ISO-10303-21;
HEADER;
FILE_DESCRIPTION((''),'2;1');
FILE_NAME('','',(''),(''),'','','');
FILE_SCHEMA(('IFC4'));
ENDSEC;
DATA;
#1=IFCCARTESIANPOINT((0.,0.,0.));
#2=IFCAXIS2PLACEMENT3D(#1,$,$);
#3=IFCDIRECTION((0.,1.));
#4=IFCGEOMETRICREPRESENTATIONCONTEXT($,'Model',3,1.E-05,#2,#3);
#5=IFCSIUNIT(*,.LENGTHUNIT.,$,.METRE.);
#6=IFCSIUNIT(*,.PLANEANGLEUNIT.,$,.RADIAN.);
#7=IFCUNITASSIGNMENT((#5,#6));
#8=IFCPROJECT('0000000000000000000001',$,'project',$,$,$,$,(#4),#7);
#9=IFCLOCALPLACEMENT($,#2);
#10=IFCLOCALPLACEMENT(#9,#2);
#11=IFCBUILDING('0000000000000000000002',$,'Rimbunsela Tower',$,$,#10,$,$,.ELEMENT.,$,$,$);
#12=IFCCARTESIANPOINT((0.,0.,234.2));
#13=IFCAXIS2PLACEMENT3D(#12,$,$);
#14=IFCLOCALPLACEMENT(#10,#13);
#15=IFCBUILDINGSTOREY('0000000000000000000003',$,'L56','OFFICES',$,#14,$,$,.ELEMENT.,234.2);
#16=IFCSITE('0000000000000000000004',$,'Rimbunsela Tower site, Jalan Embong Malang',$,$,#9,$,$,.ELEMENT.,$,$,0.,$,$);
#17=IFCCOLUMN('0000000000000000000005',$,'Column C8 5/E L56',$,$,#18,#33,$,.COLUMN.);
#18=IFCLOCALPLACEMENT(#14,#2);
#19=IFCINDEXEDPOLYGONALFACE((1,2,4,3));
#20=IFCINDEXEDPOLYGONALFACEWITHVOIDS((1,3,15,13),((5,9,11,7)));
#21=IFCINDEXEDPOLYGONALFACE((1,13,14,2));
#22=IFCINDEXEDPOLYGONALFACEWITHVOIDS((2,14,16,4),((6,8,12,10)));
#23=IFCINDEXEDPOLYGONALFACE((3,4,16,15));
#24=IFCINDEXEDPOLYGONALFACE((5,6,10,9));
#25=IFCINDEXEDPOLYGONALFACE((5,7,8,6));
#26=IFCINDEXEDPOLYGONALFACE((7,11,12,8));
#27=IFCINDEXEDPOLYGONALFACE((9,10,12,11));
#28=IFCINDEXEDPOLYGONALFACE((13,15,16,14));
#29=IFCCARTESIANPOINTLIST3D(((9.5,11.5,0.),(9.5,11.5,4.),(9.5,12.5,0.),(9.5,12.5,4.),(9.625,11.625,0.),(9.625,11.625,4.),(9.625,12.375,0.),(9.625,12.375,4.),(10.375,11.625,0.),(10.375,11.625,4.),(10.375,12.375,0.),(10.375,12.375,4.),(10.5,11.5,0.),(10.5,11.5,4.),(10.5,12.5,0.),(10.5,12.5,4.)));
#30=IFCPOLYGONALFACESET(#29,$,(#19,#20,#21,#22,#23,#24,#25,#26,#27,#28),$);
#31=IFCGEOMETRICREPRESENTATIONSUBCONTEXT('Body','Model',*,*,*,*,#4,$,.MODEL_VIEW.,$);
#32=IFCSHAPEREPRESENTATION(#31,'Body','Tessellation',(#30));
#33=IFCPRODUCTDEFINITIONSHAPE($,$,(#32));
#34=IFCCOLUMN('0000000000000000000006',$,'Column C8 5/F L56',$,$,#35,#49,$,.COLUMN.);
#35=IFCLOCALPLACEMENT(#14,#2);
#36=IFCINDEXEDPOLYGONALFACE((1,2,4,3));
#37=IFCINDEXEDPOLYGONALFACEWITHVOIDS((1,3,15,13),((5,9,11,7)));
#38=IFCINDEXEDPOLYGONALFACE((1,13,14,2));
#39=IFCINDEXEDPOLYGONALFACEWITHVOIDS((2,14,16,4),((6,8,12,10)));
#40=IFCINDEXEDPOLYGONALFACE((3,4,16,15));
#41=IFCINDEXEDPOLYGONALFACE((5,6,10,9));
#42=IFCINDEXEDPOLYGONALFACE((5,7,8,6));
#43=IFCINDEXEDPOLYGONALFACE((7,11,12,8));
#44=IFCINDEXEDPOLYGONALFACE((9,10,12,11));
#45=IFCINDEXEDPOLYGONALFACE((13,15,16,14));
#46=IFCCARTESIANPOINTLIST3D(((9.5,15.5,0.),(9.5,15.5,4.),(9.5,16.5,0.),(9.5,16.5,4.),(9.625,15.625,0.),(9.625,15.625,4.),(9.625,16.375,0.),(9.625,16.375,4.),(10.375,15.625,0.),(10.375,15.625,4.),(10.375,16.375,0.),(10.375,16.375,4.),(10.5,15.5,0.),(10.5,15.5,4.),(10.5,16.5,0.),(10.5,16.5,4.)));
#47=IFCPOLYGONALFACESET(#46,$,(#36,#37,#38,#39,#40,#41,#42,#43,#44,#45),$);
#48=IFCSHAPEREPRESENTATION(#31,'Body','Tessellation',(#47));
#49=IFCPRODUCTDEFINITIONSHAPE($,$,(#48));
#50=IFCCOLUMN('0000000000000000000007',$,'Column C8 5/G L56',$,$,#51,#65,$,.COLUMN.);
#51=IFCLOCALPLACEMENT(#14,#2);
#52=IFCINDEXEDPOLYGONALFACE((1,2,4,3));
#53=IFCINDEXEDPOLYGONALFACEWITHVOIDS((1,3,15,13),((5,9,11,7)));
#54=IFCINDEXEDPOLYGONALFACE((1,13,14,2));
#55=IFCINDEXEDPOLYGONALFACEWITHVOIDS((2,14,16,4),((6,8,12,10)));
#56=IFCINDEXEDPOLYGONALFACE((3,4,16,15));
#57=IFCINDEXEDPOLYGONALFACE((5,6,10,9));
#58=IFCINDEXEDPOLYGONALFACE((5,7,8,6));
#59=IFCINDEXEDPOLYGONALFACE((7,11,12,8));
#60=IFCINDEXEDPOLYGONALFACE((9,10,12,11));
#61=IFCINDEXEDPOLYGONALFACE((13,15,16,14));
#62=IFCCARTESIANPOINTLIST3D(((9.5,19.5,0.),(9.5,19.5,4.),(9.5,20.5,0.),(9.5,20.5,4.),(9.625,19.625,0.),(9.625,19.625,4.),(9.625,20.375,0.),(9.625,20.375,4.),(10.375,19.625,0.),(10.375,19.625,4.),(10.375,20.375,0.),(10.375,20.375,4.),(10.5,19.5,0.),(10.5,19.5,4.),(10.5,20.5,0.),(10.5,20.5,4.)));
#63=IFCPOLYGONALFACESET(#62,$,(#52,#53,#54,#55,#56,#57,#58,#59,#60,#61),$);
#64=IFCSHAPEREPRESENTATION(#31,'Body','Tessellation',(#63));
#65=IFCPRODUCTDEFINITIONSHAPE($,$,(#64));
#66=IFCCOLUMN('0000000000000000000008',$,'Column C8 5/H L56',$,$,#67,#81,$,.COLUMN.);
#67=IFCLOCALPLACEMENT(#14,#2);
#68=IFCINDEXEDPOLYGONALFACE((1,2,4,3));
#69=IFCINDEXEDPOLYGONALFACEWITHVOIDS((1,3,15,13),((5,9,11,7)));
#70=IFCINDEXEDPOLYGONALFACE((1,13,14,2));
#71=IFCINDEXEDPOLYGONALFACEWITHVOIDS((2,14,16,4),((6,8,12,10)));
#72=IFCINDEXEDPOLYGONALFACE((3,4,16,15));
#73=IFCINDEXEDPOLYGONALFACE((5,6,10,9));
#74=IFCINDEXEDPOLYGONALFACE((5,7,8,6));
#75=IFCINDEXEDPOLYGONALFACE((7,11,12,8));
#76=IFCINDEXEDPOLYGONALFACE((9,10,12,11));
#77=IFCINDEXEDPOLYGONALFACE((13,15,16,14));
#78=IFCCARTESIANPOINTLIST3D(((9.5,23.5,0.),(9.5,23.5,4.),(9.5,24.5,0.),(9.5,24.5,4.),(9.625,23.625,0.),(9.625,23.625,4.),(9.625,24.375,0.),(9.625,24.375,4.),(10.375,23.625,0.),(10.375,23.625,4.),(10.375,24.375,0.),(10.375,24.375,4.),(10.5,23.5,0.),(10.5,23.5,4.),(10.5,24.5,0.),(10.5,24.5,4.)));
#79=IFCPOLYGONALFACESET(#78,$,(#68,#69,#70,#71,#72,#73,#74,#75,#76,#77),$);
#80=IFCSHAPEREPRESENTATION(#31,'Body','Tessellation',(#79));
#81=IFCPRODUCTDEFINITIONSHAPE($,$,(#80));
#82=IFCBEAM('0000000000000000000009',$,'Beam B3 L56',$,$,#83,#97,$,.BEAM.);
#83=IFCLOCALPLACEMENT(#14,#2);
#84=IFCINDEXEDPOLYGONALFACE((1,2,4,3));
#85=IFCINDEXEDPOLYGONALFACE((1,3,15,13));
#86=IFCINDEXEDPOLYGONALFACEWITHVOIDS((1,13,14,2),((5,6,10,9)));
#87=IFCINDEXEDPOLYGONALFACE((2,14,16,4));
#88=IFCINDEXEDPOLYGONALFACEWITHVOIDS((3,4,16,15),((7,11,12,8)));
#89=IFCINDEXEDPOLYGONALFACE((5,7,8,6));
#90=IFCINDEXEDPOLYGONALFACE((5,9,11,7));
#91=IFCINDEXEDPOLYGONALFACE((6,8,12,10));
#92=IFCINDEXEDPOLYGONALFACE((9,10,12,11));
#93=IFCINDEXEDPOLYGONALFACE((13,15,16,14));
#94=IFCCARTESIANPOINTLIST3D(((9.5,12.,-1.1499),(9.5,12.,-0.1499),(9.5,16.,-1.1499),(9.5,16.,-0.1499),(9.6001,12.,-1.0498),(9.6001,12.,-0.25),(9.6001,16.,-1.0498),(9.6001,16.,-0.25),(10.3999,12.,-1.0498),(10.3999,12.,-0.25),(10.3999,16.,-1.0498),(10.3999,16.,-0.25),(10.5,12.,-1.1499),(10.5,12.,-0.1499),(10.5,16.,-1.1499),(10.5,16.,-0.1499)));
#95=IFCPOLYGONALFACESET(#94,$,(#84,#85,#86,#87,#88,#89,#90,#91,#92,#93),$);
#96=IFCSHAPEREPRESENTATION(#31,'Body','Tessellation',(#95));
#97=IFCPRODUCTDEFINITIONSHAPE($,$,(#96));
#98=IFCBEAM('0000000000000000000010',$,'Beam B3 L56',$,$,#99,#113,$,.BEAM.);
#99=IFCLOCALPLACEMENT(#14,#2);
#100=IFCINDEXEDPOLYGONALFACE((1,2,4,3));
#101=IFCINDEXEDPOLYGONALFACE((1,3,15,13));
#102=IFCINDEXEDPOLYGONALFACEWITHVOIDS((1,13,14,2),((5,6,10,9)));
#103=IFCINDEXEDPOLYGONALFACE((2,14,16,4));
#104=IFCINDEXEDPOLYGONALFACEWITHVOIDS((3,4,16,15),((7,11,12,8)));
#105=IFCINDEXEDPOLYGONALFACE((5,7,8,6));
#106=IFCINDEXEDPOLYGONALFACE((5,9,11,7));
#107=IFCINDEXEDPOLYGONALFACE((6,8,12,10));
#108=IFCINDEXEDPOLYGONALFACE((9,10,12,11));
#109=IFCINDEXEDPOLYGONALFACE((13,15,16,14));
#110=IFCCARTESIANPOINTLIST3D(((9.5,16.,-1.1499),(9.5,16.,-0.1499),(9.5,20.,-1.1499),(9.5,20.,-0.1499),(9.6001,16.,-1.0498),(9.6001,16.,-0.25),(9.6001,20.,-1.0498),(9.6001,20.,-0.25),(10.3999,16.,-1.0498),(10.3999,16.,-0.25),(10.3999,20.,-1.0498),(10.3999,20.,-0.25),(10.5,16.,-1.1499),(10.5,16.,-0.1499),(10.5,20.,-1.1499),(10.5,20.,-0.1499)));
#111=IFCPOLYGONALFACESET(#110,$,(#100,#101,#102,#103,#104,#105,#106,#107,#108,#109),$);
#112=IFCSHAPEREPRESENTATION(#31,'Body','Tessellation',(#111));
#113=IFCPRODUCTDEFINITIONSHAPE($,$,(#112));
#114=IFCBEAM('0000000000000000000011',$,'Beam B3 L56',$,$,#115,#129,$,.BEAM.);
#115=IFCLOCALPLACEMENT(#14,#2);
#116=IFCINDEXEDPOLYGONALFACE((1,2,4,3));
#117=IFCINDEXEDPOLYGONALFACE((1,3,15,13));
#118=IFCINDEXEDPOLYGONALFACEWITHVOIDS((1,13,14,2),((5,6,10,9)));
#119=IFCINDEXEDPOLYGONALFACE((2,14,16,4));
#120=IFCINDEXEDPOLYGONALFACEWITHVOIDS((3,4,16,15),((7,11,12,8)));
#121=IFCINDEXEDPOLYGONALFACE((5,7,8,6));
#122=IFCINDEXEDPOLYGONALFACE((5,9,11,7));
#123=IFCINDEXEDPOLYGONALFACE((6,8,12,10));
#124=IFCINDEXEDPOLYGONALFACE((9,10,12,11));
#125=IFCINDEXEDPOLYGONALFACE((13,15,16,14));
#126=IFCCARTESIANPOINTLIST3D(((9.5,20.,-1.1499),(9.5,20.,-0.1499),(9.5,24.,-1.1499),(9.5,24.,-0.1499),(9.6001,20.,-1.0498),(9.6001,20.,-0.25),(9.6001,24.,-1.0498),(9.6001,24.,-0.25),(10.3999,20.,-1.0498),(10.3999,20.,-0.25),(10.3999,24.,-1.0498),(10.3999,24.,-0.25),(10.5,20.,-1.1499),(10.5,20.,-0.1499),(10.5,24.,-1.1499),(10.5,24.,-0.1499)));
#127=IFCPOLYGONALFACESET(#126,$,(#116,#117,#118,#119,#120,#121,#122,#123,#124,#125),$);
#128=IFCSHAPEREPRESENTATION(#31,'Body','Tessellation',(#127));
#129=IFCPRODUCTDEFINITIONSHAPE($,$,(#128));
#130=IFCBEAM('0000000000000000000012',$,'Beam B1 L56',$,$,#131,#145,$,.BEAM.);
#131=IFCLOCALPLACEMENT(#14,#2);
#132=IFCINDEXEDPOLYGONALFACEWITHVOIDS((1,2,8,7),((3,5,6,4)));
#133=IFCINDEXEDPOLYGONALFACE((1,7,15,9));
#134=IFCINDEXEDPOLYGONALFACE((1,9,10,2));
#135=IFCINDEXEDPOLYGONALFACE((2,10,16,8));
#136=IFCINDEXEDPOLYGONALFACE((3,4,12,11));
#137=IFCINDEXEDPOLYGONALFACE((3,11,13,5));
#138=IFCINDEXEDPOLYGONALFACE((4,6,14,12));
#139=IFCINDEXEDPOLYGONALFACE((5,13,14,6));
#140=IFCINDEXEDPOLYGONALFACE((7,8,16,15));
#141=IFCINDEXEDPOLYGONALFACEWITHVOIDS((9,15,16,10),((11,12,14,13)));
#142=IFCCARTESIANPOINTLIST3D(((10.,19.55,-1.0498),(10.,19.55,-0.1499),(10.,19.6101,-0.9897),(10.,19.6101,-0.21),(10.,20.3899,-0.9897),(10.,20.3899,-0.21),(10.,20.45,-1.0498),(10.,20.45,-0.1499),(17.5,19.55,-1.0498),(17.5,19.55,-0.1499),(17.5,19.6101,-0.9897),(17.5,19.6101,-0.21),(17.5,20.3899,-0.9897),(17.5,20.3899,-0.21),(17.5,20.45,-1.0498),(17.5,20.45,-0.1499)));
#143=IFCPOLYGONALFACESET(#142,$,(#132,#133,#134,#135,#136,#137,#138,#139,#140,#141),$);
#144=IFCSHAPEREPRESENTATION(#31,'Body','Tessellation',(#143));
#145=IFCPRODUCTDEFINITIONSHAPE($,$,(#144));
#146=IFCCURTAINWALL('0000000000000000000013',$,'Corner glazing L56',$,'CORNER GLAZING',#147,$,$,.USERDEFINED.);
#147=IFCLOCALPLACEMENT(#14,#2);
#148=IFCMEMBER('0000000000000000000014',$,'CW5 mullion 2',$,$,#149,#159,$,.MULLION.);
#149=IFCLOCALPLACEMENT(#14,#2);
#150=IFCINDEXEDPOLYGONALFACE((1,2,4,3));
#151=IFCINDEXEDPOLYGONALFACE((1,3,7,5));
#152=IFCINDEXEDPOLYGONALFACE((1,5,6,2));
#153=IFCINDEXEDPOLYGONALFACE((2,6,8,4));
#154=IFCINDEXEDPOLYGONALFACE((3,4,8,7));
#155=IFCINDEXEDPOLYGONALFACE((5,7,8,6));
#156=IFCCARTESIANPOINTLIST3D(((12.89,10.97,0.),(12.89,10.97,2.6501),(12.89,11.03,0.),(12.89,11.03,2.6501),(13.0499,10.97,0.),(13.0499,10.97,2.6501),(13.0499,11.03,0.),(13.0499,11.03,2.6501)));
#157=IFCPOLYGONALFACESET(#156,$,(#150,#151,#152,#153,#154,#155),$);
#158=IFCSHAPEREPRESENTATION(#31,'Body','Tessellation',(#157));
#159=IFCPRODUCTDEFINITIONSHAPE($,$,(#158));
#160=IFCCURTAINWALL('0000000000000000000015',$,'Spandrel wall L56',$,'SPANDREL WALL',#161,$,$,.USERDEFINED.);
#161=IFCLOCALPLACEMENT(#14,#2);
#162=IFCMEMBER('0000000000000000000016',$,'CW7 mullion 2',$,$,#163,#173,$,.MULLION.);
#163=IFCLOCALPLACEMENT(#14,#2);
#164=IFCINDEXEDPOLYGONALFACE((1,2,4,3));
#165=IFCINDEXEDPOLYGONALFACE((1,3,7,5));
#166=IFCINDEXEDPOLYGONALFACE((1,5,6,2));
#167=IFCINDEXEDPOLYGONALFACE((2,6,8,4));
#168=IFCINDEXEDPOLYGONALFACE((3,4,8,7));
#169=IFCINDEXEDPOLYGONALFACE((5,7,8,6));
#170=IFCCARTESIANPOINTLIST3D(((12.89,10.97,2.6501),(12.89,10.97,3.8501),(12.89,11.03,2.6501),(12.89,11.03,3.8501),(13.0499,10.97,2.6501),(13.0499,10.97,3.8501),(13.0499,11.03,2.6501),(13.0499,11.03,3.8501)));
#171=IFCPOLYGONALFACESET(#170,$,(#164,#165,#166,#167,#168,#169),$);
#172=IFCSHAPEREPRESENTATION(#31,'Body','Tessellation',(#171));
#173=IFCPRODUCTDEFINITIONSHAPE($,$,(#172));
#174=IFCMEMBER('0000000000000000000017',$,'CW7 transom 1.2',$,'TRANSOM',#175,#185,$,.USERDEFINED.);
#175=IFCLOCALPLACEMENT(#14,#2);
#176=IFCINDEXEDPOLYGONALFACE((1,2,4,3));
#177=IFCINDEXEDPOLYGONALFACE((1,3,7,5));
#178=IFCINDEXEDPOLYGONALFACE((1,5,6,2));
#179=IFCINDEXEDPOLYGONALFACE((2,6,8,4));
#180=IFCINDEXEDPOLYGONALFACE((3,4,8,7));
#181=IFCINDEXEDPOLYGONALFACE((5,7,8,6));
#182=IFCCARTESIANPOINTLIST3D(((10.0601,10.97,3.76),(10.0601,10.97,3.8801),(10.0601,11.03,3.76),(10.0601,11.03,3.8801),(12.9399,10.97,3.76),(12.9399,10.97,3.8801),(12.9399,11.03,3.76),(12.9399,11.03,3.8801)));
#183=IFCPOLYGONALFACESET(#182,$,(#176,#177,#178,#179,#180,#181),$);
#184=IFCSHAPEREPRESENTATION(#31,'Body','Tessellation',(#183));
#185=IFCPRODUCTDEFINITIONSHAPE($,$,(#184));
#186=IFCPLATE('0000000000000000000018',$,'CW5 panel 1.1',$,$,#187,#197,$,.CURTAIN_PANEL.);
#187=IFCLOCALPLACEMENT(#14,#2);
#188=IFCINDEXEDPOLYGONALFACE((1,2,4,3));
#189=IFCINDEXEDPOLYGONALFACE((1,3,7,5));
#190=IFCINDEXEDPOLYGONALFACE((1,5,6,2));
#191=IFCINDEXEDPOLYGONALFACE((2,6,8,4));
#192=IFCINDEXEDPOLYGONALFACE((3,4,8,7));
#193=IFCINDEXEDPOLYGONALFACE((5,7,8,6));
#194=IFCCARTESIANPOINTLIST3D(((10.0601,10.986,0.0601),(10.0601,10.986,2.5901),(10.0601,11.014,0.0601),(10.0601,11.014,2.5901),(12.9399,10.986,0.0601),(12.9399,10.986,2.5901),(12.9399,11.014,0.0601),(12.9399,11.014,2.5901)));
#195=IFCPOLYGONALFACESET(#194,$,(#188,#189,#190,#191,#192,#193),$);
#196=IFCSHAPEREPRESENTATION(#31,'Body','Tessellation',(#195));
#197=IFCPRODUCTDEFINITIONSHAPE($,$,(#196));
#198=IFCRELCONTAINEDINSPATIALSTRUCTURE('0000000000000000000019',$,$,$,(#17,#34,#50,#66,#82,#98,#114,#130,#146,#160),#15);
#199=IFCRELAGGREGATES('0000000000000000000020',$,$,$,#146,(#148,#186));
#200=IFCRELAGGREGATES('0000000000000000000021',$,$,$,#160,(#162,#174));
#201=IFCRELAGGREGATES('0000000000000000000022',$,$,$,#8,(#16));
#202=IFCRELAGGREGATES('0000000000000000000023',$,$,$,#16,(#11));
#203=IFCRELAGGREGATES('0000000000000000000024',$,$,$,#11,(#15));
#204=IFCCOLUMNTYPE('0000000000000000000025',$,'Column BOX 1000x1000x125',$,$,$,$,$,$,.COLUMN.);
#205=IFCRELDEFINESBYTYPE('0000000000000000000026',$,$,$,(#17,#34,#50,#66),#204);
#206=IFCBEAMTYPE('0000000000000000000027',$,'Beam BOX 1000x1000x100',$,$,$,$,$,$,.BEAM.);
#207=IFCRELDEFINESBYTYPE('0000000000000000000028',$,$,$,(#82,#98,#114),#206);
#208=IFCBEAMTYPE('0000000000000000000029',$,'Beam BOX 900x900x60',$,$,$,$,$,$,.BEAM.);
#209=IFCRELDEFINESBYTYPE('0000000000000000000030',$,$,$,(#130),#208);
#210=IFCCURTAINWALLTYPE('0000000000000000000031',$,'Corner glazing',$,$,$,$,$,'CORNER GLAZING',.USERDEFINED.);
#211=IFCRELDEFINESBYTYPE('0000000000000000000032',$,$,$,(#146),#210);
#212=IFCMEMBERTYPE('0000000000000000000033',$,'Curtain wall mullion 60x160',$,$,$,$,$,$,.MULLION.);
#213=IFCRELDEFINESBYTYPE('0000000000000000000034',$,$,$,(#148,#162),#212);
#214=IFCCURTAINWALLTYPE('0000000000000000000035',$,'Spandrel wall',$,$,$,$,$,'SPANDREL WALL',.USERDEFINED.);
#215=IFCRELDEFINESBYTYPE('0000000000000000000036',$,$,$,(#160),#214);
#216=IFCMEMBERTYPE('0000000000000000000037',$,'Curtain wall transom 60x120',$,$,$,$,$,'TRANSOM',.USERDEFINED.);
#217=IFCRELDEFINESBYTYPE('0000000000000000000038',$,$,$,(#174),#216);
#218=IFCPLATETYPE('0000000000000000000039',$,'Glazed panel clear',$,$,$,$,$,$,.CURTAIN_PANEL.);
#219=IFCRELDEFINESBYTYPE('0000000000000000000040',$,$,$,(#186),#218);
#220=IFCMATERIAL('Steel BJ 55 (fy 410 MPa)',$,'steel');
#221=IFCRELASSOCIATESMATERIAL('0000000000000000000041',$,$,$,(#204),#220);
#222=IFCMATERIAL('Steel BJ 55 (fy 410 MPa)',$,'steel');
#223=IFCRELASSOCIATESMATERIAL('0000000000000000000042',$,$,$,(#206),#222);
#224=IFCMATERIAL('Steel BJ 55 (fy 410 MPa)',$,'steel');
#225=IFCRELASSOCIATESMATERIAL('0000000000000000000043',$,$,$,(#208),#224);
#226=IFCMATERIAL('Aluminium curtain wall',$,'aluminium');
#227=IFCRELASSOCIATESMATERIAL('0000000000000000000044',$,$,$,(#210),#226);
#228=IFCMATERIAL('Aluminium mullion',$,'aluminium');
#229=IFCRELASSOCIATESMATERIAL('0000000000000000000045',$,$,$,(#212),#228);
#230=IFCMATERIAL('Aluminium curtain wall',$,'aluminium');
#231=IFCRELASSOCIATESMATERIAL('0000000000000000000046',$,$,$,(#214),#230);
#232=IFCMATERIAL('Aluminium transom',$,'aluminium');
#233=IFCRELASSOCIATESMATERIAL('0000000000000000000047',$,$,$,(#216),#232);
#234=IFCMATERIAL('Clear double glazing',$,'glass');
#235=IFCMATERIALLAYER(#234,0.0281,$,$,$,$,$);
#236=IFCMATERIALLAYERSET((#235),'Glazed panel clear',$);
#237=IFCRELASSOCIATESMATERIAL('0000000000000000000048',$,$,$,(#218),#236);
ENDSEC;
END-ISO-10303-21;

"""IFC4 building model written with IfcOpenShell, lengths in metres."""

from ifc_helpers import new_model, si_unit, direction, frame, origin, origin_2d, place, context, subcontext, project, spatial, rectangle, hollow_rectangle, extrude, material, layer, layer_set, material_profile, profile_set, type_object, element, aggregate, save


model = new_model("IFC4")

# Units and contexts
model_context = context("Model", 3, precision=1e-05, world=origin(), true_north=direction((0.0, 1.0)))
body_context = subcontext(model_context, "Body", "Model", "MODEL_VIEW")
ifc_project = project(units=[si_unit("LENGTHUNIT", "METRE"), si_unit("PLANEANGLEUNIT", "RADIAN")], contexts=[model_context])

# Site, building, storey
site_placement = place(None, origin())
site = spatial("IfcSite", under=ifc_project, at=site_placement, Name="Rimbunsela Tower site, Jalan Embong Malang", CompositionType="ELEMENT", RefElevation=0.0)
building_placement = place(site_placement, origin())
building = spatial("IfcBuilding", under=site, at=building_placement, Name="Rimbunsela Tower", CompositionType="ELEMENT")
storey_placement = place(building_placement, frame((0.0, 0.0, 234.2)))
storey = spatial("IfcBuildingStorey", under=building, at=storey_placement, Name="L56", Description="OFFICES", CompositionType="ELEMENT", Elevation=234.2)

# Columns
ifc_material_1 = material(Name="Steel BJ 55 (fy 410 MPa)", Category="steel")
ifc_material_profile_1 = material_profile(ifc_material_1, hollow_rectangle(XDim=1.0, YDim=1.0, WallThickness=0.125, at=origin_2d()), Name="BOX 1000x1000x125")
ifc_profile_set_1 = profile_set([ifc_material_profile_1], Name="Steel BJ 55 (fy 410 MPa)")
column_type = type_object("IfcColumnType", Name="Column BOX 1000x1000x125", PredefinedType="COLUMN", material=ifc_profile_set_1)
for number, where, z_axis, x_axis, name in (
    (1, (10.0, 12.0, 0.0), (0.0, 0.0, 1.0), (1.0, 0.0, 0.0), "Column C8 5/E L56"),
    (2, (10.0, 16.0, 0.0), (0.0, 0.0, 1.0), (1.0, 0.0, 0.0), "Column C8 5/F L56"),
    (3, (10.0, 20.0, 0.0), (0.0, 0.0, 1.0), (1.0, 0.0, 0.0), "Column C8 5/G L56"),
    (4, (10.0, 24.0, 0.0), (0.0, 0.0, 1.0), (1.0, 0.0, 0.0), "Column C8 5/H L56"),
):
    element("IfcColumn", number, at=place(storey_placement, frame(where, z_axis=z_axis, x_axis=x_axis)), inside=storey, type_object=column_type, Name=name, PredefinedType="COLUMN", context=body_context, shape_type="SweptSolid", body=[
        extrude(hollow_rectangle(XDim=1.0, YDim=1.0, WallThickness=0.125, at=origin_2d()), origin(), (0.0, 0.0, 1.0), 4.0),
    ])

# Beams
ifc_material_2 = material(Name="Steel BJ 55 (fy 410 MPa)", Category="steel")
ifc_material_profile_2 = material_profile(ifc_material_2, hollow_rectangle(XDim=1.0, YDim=1.0, WallThickness=0.1001, at=origin_2d()), Name="BOX 1000x1000x100")
ifc_profile_set_2 = profile_set([ifc_material_profile_2], Name="Steel BJ 55 (fy 410 MPa)")
beam_type_1 = type_object("IfcBeamType", Name="Beam BOX 1000x1000x100", PredefinedType="BEAM", material=ifc_profile_set_2)
for number, where, z_axis, x_axis, name in (
    (5, (10.0, 12.0, -0.6499), (0.0, 1.0, 0.0), (-1.0, 0.0, 0.0), "Beam B3 L56"),
    (6, (10.0, 16.0, -0.6499), (0.0, 1.0, 0.0), (-1.0, 0.0, 0.0), "Beam B3 L56"),
    (7, (10.0, 20.0, -0.6499), (0.0, 1.0, 0.0), (-1.0, 0.0, 0.0), "Beam B3 L56"),
):
    element("IfcBeam", number, at=place(storey_placement, frame(where, z_axis=z_axis, x_axis=x_axis)), inside=storey, type_object=beam_type_1, Name=name, PredefinedType="BEAM", context=body_context, shape_type="SweptSolid", body=[
        extrude(hollow_rectangle(XDim=1.0, YDim=1.0, WallThickness=0.1001, at=origin_2d()), origin(), (0.0, 0.0, 1.0), 4.0),
    ])
ifc_material_3 = material(Name="Steel BJ 55 (fy 410 MPa)", Category="steel")
ifc_material_profile_3 = material_profile(ifc_material_3, hollow_rectangle(XDim=0.8999, YDim=0.8999, WallThickness=0.0601, at=origin_2d()), Name="BOX 900x900x60")
ifc_profile_set_3 = profile_set([ifc_material_profile_3], Name="Steel BJ 55 (fy 410 MPa)")
beam_type_2 = type_object("IfcBeamType", Name="Beam BOX 900x900x60", PredefinedType="BEAM", material=ifc_profile_set_3)
beam_placement = place(storey_placement, frame((10.0, 20.0, -0.5999), z_axis=(1.0, 0.0, 0.0), x_axis=(0.0, 1.0, 0.0)))
element("IfcBeam", 8, at=beam_placement, inside=storey, type_object=beam_type_2, Name="Beam B1 L56", PredefinedType="BEAM", context=body_context, shape_type="SweptSolid", body=[
    extrude(hollow_rectangle(XDim=0.8999, YDim=0.8999, WallThickness=0.0601, at=origin_2d()), origin(), (0.0, 0.0, 1.0), 7.5),
])

# Curtain wall, member
ifc_material_4 = material(Name="Aluminium curtain wall", Category="aluminium")
curtain_wall_type_1 = type_object("IfcCurtainWallType", Name="Corner glazing", ElementType="CORNER GLAZING", PredefinedType="USERDEFINED", material=ifc_material_4)
curtain_wall_1_placement = place(storey_placement, origin())
curtain_wall_1 = element("IfcCurtainWall", 9, at=curtain_wall_1_placement, inside=storey, type_object=curtain_wall_type_1, Name="Corner glazing L56", ObjectType="CORNER GLAZING", PredefinedType="USERDEFINED")
ifc_material_5 = material(Name="Aluminium mullion", Category="aluminium")
ifc_material_profile_4 = material_profile(ifc_material_5, rectangle(XDim=0.0601, YDim=0.1599, at=origin_2d()), Name="Mullion 60x160")
ifc_profile_set_4 = profile_set([ifc_material_profile_4], Name="Aluminium mullion")
member_type_1 = type_object("IfcMemberType", Name="Curtain wall mullion 60x160", PredefinedType="MULLION", material=ifc_profile_set_4)
member_1_placement = place(storey_placement, frame((12.97, 11.0, 0.0), z_axis=(0.0, 0.0, 1.0), x_axis=(0.0, 1.0, 0.0)))
member_1 = element("IfcMember", 10, at=member_1_placement, type_object=member_type_1, Name="CW5 mullion 2", PredefinedType="MULLION", context=body_context, shape_type="SweptSolid", body=[
    extrude(rectangle(XDim=0.0601, YDim=0.1599, at=origin_2d()), origin(), (0.0, 0.0, 1.0), 2.6501),
])

# Curtain wall, members
ifc_material_6 = material(Name="Aluminium curtain wall", Category="aluminium")
curtain_wall_type_2 = type_object("IfcCurtainWallType", Name="Spandrel wall", ElementType="SPANDREL WALL", PredefinedType="USERDEFINED", material=ifc_material_6)
curtain_wall_2_placement = place(storey_placement, origin())
curtain_wall_2 = element("IfcCurtainWall", 11, at=curtain_wall_2_placement, inside=storey, type_object=curtain_wall_type_2, Name="Spandrel wall L56", ObjectType="SPANDREL WALL", PredefinedType="USERDEFINED")
member_2_placement = place(storey_placement, frame((12.97, 11.0, 2.6501), z_axis=(0.0, 0.0, 1.0), x_axis=(0.0, 1.0, 0.0)))
member_2 = element("IfcMember", 12, at=member_2_placement, type_object=member_type_1, Name="CW7 mullion 2", PredefinedType="MULLION", context=body_context, shape_type="SweptSolid", body=[
    extrude(rectangle(XDim=0.0601, YDim=0.1599, at=origin_2d()), origin(), (0.0, 0.0, 1.0), 1.2),
])
ifc_material_7 = material(Name="Aluminium transom", Category="aluminium")
ifc_material_profile_5 = material_profile(ifc_material_7, rectangle(XDim=0.0601, YDim=0.1201, at=origin_2d()), Name="Transom 60x120")
ifc_profile_set_5 = profile_set([ifc_material_profile_5], Name="Aluminium transom")
member_type_2 = type_object("IfcMemberType", Name="Curtain wall transom 60x120", ElementType="TRANSOM", PredefinedType="USERDEFINED", material=ifc_profile_set_5)
member_3_placement = place(storey_placement, frame((10.0601, 11.0, 3.8201), z_axis=(1.0, 0.0, 0.0), x_axis=(0.0, 1.0, 0.0)))
member_3 = element("IfcMember", 13, at=member_3_placement, type_object=member_type_2, Name="CW7 transom 1.2", ObjectType="TRANSOM", PredefinedType="USERDEFINED", context=body_context, shape_type="SweptSolid", body=[
    extrude(rectangle(XDim=0.0601, YDim=0.1201, at=origin_2d()), origin(), (0.0, 0.0, 1.0), 2.8799),
])

# Plate
ifc_material_8 = material(Name="Clear double glazing", Category="glass")
ifc_layer_1 = layer(ifc_material_8, 0.0281)
ifc_layer_set_1 = layer_set([ifc_layer_1], Name="Glazed panel clear")
plate_type_1 = type_object("IfcPlateType", Name="Glazed panel clear", PredefinedType="CURTAIN_PANEL", material=ifc_layer_set_1)
plate_1_placement = place(storey_placement, frame((11.5, 11.0, 0.0601), z_axis=(0.0, 0.0, 1.0), x_axis=(1.0, 0.0, 0.0)))
plate_1 = element("IfcPlate", 14, at=plate_1_placement, type_object=plate_type_1, Name="CW5 panel 1.1", PredefinedType="CURTAIN_PANEL", context=body_context, shape_type="SweptSolid", body=[
    extrude(rectangle(XDim=2.8799, YDim=0.0281, at=origin_2d()), origin(), (0.0, 0.0, 1.0), 2.53),
])
aggregate(curtain_wall_1, [member_1, plate_1])
aggregate(curtain_wall_2, [member_2, member_3])

save(model, "model.ifc")
